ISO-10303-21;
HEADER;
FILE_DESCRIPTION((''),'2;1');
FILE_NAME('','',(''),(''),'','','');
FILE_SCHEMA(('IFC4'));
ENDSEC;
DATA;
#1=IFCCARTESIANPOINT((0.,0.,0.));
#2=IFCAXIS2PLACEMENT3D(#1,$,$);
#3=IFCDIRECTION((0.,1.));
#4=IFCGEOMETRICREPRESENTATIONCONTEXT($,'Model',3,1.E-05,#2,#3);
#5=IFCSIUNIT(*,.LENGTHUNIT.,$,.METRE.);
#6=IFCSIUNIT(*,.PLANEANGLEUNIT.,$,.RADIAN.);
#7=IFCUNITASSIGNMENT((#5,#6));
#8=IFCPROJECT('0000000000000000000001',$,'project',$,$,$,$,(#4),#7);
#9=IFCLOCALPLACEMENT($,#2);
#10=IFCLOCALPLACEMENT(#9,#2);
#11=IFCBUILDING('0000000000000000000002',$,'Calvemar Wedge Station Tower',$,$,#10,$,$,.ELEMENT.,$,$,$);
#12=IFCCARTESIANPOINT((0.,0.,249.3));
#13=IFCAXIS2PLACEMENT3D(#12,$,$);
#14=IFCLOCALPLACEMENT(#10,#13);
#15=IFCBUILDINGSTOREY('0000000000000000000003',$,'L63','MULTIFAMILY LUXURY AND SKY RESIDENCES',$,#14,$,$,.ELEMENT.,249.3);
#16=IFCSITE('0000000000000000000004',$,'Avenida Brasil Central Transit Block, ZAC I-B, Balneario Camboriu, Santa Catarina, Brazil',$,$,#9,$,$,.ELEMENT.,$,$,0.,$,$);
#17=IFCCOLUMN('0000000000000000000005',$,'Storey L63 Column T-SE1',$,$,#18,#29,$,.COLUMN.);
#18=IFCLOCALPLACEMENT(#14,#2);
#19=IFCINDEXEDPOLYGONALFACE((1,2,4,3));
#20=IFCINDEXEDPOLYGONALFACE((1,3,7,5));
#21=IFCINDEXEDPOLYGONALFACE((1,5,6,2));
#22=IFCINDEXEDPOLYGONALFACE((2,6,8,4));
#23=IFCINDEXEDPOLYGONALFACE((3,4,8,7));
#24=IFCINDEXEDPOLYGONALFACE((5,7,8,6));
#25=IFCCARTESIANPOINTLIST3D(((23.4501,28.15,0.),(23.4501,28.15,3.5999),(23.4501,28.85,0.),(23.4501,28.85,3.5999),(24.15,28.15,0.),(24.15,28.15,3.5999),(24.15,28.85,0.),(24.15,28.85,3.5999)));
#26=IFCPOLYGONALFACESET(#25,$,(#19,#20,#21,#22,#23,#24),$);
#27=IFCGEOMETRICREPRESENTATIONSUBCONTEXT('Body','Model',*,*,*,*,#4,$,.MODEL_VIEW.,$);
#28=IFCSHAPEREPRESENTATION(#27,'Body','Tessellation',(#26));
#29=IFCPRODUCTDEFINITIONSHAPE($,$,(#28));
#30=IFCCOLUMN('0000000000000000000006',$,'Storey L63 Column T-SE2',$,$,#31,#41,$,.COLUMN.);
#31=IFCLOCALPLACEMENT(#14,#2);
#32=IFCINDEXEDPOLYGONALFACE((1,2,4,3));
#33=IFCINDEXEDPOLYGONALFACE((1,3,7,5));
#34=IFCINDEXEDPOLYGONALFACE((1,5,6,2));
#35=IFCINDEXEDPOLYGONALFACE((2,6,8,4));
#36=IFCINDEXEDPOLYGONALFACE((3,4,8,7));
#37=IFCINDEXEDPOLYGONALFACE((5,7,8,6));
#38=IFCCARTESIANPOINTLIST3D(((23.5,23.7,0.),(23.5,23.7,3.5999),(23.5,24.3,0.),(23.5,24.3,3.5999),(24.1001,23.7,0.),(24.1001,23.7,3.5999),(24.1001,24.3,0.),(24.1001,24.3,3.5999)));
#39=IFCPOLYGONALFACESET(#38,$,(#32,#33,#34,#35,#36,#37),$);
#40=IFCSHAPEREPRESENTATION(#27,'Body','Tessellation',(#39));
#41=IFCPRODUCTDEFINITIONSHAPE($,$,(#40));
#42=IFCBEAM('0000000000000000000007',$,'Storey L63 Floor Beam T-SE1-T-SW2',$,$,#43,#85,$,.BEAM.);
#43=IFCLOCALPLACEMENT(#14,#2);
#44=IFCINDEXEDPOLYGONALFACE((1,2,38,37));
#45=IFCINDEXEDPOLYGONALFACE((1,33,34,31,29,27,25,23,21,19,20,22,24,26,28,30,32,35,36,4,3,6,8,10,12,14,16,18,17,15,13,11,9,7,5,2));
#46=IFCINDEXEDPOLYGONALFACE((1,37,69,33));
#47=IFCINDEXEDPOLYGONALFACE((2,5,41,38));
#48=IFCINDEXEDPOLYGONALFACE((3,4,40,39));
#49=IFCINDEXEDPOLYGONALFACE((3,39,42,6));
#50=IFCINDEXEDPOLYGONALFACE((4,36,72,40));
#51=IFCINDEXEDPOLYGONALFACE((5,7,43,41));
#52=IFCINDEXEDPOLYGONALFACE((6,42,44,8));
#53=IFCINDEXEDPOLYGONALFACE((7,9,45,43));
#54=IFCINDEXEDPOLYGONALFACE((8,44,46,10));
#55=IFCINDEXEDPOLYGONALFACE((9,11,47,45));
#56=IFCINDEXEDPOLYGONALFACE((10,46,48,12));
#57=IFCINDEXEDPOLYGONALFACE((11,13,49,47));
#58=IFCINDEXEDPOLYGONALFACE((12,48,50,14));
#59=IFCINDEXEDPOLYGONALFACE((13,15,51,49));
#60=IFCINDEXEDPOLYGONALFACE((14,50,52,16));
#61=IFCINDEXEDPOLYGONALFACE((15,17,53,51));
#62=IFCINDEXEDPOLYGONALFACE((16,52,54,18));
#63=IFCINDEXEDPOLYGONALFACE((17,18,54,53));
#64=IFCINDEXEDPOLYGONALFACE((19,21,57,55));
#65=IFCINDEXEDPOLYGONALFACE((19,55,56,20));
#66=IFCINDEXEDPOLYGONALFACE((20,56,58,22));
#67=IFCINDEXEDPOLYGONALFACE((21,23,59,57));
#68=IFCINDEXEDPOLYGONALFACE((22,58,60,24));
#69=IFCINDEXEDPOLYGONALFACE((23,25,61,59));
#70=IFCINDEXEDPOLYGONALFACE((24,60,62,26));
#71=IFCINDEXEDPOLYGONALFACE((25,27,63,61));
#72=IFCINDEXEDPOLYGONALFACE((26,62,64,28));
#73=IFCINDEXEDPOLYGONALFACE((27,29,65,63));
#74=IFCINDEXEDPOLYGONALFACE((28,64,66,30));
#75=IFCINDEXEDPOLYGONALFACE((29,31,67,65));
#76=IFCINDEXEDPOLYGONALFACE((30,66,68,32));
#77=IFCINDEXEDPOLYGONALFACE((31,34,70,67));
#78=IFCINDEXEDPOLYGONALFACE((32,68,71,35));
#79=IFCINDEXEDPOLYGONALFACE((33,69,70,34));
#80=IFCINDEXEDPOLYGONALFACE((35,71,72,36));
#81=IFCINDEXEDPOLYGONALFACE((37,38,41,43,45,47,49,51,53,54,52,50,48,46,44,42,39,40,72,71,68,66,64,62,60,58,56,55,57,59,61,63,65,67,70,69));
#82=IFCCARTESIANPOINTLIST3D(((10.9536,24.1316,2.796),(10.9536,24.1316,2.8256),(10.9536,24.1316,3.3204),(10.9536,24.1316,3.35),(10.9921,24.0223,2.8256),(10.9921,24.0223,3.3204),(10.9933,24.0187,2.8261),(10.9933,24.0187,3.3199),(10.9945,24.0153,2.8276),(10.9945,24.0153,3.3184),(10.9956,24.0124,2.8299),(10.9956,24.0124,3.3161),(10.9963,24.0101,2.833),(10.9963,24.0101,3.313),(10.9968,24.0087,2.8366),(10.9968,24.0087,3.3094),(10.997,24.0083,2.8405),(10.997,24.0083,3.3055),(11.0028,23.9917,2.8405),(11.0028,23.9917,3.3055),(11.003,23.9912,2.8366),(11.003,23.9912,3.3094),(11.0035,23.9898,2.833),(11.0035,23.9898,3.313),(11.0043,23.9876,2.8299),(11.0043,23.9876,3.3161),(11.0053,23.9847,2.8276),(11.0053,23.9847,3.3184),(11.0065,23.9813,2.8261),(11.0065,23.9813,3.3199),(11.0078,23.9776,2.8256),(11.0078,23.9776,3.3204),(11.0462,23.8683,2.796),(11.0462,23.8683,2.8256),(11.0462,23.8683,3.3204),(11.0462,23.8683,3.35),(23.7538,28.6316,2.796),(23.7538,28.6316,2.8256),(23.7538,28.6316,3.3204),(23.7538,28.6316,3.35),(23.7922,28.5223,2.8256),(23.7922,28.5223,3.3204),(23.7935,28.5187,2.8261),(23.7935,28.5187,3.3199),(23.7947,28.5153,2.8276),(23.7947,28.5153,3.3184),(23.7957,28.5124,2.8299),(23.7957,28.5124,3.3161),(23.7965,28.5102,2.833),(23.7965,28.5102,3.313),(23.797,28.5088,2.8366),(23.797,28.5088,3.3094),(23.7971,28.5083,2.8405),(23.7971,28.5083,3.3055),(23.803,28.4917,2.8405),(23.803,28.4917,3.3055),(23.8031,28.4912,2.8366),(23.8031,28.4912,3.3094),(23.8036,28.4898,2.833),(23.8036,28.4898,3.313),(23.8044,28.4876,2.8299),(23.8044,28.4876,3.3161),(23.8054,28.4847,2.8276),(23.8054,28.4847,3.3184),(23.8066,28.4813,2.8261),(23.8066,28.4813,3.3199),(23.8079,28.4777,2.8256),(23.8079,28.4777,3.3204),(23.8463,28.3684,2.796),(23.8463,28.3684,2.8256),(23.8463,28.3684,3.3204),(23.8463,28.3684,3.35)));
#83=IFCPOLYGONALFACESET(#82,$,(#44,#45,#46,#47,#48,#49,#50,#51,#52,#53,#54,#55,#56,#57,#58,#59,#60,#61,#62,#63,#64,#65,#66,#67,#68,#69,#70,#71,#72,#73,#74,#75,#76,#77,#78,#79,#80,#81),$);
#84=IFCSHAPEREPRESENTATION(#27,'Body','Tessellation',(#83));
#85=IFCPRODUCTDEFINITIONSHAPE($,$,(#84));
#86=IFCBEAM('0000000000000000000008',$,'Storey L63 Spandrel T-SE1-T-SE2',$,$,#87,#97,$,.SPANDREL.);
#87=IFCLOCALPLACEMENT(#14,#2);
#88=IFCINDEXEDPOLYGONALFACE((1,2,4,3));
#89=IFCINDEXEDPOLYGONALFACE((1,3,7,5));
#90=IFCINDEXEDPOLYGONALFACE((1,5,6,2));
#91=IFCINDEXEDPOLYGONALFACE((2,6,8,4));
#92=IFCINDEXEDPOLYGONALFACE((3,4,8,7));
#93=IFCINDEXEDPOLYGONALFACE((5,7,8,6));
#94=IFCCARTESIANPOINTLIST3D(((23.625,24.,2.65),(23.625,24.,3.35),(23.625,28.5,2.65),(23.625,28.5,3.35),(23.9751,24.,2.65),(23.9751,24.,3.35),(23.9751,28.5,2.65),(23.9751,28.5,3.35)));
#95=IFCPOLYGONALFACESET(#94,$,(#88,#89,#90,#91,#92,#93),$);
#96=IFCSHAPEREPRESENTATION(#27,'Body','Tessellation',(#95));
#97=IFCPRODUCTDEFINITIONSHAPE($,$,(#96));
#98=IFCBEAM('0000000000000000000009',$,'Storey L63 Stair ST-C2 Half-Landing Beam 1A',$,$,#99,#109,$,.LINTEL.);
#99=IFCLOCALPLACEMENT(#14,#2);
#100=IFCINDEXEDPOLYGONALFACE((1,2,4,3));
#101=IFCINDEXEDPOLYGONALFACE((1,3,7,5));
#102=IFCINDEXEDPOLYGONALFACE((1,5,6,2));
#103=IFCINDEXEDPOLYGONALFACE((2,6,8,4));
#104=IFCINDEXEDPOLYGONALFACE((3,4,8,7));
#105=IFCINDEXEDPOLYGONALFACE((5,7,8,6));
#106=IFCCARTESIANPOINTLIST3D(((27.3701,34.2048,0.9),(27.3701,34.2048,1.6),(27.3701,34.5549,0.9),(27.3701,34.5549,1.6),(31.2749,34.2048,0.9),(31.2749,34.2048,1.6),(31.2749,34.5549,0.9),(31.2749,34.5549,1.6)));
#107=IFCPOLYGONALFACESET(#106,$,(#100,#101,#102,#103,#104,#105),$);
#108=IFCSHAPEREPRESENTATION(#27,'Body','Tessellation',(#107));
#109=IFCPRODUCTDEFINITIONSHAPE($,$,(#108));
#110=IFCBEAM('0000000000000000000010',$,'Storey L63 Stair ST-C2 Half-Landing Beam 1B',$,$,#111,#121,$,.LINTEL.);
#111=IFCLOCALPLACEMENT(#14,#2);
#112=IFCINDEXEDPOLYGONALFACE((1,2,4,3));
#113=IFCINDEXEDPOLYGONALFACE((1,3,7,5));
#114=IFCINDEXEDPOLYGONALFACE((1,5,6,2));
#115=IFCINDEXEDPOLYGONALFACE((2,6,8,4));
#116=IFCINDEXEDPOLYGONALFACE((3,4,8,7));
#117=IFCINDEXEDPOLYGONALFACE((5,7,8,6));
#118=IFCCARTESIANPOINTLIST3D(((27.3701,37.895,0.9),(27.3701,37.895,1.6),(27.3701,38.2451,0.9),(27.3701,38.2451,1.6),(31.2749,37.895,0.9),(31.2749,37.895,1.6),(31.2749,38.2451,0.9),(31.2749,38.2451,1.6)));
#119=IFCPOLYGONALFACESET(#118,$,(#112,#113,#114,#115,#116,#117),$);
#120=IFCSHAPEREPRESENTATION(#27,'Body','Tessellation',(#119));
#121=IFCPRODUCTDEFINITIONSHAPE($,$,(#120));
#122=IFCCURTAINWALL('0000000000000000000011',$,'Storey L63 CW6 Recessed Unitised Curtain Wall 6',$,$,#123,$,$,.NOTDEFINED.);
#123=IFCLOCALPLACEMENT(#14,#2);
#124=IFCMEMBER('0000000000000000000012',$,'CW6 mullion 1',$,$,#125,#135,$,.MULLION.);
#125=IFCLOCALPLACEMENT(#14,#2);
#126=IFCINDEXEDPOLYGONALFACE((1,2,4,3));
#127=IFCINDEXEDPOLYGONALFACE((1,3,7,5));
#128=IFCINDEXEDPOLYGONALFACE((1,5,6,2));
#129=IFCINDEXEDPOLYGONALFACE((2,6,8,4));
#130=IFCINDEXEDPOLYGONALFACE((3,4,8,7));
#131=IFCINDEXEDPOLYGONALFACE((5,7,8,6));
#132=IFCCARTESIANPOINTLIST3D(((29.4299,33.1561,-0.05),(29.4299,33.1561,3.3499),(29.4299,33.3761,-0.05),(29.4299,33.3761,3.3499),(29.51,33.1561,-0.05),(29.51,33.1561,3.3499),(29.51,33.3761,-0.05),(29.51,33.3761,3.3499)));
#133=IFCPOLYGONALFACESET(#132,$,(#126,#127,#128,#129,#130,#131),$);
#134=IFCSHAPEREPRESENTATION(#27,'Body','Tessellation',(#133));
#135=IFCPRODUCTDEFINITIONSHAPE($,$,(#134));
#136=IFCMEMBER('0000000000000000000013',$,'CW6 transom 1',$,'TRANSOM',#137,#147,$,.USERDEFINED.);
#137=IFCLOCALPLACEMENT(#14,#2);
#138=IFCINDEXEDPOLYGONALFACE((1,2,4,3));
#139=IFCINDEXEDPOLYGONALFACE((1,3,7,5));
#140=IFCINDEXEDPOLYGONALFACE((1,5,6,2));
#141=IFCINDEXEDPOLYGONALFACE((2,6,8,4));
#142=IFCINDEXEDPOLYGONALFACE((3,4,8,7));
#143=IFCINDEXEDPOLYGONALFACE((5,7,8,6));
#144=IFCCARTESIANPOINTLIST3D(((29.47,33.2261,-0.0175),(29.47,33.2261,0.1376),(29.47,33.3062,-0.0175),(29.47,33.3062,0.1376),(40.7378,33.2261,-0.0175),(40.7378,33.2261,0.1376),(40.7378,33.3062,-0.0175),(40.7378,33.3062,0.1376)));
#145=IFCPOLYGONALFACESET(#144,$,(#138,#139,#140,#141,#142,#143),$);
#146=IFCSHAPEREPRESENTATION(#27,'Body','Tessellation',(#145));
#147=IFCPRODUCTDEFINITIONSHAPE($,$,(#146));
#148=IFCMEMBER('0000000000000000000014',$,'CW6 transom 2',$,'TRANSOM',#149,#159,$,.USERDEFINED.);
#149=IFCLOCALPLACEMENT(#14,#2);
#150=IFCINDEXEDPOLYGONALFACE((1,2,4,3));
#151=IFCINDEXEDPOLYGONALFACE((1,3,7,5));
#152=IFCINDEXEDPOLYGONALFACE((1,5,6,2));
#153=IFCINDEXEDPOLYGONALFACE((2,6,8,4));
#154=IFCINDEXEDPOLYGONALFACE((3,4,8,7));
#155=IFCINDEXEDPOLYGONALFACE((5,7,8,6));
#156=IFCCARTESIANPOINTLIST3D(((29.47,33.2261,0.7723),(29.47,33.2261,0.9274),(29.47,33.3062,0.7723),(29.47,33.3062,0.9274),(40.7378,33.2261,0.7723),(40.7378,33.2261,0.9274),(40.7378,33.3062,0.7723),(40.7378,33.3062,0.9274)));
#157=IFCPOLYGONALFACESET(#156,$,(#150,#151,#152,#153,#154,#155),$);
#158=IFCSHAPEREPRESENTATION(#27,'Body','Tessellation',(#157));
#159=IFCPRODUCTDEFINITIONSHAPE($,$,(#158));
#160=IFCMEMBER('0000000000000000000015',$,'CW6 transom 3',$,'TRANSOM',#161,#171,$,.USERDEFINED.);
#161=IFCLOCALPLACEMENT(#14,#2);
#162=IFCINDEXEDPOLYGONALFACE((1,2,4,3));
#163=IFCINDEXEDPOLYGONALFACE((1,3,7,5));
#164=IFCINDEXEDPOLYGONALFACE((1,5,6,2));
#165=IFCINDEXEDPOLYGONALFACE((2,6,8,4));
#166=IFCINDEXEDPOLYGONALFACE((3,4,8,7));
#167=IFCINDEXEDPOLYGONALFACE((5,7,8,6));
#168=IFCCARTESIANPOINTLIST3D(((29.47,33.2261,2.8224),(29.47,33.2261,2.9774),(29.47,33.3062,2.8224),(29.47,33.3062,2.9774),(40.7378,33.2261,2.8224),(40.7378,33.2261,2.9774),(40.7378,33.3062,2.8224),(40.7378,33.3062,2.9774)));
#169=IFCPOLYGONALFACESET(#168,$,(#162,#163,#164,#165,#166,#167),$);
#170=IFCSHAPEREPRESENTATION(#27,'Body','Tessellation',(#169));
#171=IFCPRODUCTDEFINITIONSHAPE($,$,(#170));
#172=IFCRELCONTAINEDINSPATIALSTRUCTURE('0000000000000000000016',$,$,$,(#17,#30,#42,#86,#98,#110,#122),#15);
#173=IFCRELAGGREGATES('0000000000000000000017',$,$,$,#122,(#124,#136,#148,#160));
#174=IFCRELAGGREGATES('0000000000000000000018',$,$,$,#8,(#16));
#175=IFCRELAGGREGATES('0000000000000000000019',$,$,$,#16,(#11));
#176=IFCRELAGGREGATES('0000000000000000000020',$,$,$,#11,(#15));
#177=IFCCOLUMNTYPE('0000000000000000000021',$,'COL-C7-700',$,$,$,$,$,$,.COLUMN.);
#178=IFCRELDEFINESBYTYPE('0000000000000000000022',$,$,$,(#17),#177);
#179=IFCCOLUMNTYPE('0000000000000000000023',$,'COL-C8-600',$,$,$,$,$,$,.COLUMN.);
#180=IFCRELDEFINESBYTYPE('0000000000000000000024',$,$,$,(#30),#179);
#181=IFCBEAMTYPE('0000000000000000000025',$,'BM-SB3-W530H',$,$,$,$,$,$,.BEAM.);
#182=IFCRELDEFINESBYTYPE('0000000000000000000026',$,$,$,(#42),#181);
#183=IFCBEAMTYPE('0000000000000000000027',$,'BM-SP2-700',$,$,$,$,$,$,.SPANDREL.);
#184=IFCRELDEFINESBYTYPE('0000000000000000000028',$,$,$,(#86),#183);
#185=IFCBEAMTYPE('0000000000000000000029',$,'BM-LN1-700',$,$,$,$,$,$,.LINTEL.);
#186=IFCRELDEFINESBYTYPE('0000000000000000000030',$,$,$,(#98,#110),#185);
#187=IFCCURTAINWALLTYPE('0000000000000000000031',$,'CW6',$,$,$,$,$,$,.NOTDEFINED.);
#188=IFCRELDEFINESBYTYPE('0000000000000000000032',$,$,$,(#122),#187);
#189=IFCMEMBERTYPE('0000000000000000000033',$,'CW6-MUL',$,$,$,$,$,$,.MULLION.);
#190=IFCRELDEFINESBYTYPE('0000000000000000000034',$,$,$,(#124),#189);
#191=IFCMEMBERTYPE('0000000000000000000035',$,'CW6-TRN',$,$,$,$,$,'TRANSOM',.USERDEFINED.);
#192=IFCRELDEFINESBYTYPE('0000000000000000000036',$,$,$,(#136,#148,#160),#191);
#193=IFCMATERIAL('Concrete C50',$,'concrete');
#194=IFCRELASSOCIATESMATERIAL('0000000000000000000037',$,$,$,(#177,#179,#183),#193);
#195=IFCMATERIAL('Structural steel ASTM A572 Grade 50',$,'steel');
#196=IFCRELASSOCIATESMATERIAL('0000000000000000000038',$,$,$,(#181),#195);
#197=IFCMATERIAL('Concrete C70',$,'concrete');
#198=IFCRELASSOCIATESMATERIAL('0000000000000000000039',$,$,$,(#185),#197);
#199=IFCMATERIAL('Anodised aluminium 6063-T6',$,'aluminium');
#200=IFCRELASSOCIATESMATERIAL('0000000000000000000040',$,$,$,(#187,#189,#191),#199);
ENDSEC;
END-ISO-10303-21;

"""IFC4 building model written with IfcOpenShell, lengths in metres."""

from ifc_helpers import new_model, si_unit, direction, frame, origin, origin_2d, place, context, subcontext, project, spatial, rectangle, i_section, extrude, source, transform, mapped, material, material_profile, profile_set, type_object, element, aggregate, save


model = new_model("IFC4")

# Units and contexts
model_context = context("Model", 3, precision=1e-05, world=origin(), true_north=direction((0.0, 1.0)))
body_context = subcontext(model_context, "Body", "Model", "MODEL_VIEW")
ifc_project = project(units=[si_unit("LENGTHUNIT", "METRE"), si_unit("PLANEANGLEUNIT", "RADIAN")], contexts=[model_context])

# Site, building, storey
site_placement = place(None, origin())
site = spatial("IfcSite", under=ifc_project, at=site_placement, Name="Avenida Brasil Central Transit Block, ZAC I-B, Balneario Camboriu, Santa Catarina, Brazil", CompositionType="ELEMENT", RefElevation=0.0)
building_placement = place(site_placement, origin())
building = spatial("IfcBuilding", under=site, at=building_placement, Name="Calvemar Wedge Station Tower", CompositionType="ELEMENT")
storey_placement = place(building_placement, frame((0.0, 0.0, 249.3)))
storey = spatial("IfcBuildingStorey", under=building, at=storey_placement, Name="L63", Description="MULTIFAMILY LUXURY AND SKY RESIDENCES", CompositionType="ELEMENT", Elevation=249.3)

# Columns
ifc_material_1 = material(Name="Concrete C50", Category="concrete")
ifc_material_profile_1 = material_profile(ifc_material_1, rectangle(XDim=0.7, YDim=0.7, at=origin_2d()), Name="RC700x700")
ifc_profile_set_1 = profile_set([ifc_material_profile_1], Name="Concrete C50")
column_type_1 = type_object("IfcColumnType", Name="COL-C7-700", PredefinedType="COLUMN", material=ifc_profile_set_1)
shared_shape_1 = source(origin(), body_context, "Body", "SweptSolid", [
    extrude(rectangle(XDim=0.7, YDim=0.7, at=origin_2d()), origin(), (0.0, 0.0, 1.0), 3.5999),
])
column_1_placement = place(storey_placement, frame((23.8, 28.5, 0.0), z_axis=(0.0, 0.0, 1.0), x_axis=(1.0, 0.0, 0.0)))
element("IfcColumn", 1, at=column_1_placement, inside=storey, type_object=column_type_1, Name="Storey L63 Column T-SE1", PredefinedType="COLUMN", context=body_context, shape_type="MappedRepresentation", body=[
    mapped(shared_shape_1, transform((0.0, 0.0, 0.0), scale=1.0)),
])
ifc_material_profile_2 = material_profile(ifc_material_1, rectangle(XDim=0.6001, YDim=0.6001, at=origin_2d()), Name="RC600x600")
ifc_profile_set_2 = profile_set([ifc_material_profile_2], Name="Concrete C50")
column_type_2 = type_object("IfcColumnType", Name="COL-C8-600", PredefinedType="COLUMN", material=ifc_profile_set_2)
shared_shape_2 = source(origin(), body_context, "Body", "SweptSolid", [
    extrude(rectangle(XDim=0.6001, YDim=0.6001, at=origin_2d()), origin(), (0.0, 0.0, 1.0), 3.5999),
])
column_2_placement = place(storey_placement, frame((23.8, 24.0, 0.0), z_axis=(0.0, 0.0, 1.0), x_axis=(1.0, 0.0, 0.0)))
element("IfcColumn", 2, at=column_2_placement, inside=storey, type_object=column_type_2, Name="Storey L63 Column T-SE2", PredefinedType="COLUMN", context=body_context, shape_type="MappedRepresentation", body=[
    mapped(shared_shape_2, transform((0.0, 0.0, 0.0), scale=1.0)),
])

# Beams
ifc_material_2 = material(Name="Structural steel ASTM A572 Grade 50", Category="steel")
ifc_material_profile_3 = material_profile(ifc_material_2, i_section(OverallWidth=0.2791, OverallDepth=0.554, WebThickness=0.0176, FlangeThickness=0.0295, FilletRadius=0.0149, at=origin_2d()), Name="W530x196")
ifc_profile_set_3 = profile_set([ifc_material_profile_3], Name="Structural steel ASTM A572 Grade 50")
beam_type_1 = type_object("IfcBeamType", Name="BM-SB3-W530H", PredefinedType="BEAM", material=ifc_profile_set_3)
shared_shape_3 = source(origin(), body_context, "Body", "SweptSolid", [
    extrude(i_section(OverallWidth=0.2791, OverallDepth=0.554, WebThickness=0.0176, FlangeThickness=0.0295, FilletRadius=0.0149, at=origin_2d()), origin(), (0.0, 0.0, 1.0), 13.5681),
])
beam_1_placement = place(storey_placement, frame((23.8, 28.5, 3.073), z_axis=(-0.943398, -0.331662, 0.0), x_axis=(0.331662, -0.943398, 0.0)))
element("IfcBeam", 3, at=beam_1_placement, inside=storey, type_object=beam_type_1, Name="Storey L63 Floor Beam T-SE1-T-SW2", PredefinedType="BEAM", context=body_context, shape_type="MappedRepresentation", body=[
    mapped(shared_shape_3, transform((0.0, 0.0, 0.0), scale=1.0)),
])
ifc_material_profile_4 = material_profile(ifc_material_1, rectangle(XDim=0.3501, YDim=0.7, at=origin_2d()), Name="RC350x700")
ifc_profile_set_4 = profile_set([ifc_material_profile_4], Name="Concrete C50")
beam_type_2 = type_object("IfcBeamType", Name="BM-SP2-700", PredefinedType="SPANDREL", material=ifc_profile_set_4)
shared_shape_4 = source(origin(), body_context, "Body", "SweptSolid", [
    extrude(rectangle(XDim=0.3501, YDim=0.7, at=origin_2d()), origin(), (0.0, 0.0, 1.0), 4.5),
])
beam_2_placement = place(storey_placement, frame((23.8, 28.5, 3.0), z_axis=(0.0, -1.0, 0.0), x_axis=(1.0, 0.0, 0.0)))
element("IfcBeam", 4, at=beam_2_placement, inside=storey, type_object=beam_type_2, Name="Storey L63 Spandrel T-SE1-T-SE2", PredefinedType="SPANDREL", context=body_context, shape_type="MappedRepresentation", body=[
    mapped(shared_shape_4, transform((0.0, 0.0, 0.0), scale=1.0)),
])
ifc_material_3 = material(Name="Concrete C70", Category="concrete")
ifc_material_profile_5 = material_profile(ifc_material_3, rectangle(XDim=0.3501, YDim=0.7, at=origin_2d()), Name="RC350x700")
ifc_profile_set_5 = profile_set([ifc_material_profile_5], Name="Concrete C70")
beam_type_3 = type_object("IfcBeamType", Name="BM-LN1-700", PredefinedType="LINTEL", material=ifc_profile_set_5)
shared_shape_5 = source(origin(), body_context, "Body", "SweptSolid", [
    extrude(rectangle(XDim=0.3501, YDim=0.7, at=origin_2d()), origin(), (0.0, 0.0, 1.0), 3.9048),
])
for number, where, z_axis, x_axis, name in (
    (5, (27.3701, 34.3799, 1.25), (1.0, 0.0, 0.0), (0.0, 1.0, 0.0), "Storey L63 Stair ST-C2 Half-Landing Beam 1A"),
    (6, (27.3701, 38.0701, 1.25), (1.0, 0.0, 0.0), (0.0, 1.0, 0.0), "Storey L63 Stair ST-C2 Half-Landing Beam 1B"),
):
    element("IfcBeam", number, at=place(storey_placement, frame(where, z_axis=z_axis, x_axis=x_axis)), inside=storey, type_object=beam_type_3, Name=name, PredefinedType="LINTEL", context=body_context, shape_type="MappedRepresentation", body=[
        mapped(shared_shape_5, transform((0.0, 0.0, 0.0), scale=1.0)),
    ])

# Curtain wall, members
ifc_material_4 = material(Name="Anodised aluminium 6063-T6", Category="aluminium")
curtain_wall_type = type_object("IfcCurtainWallType", Name="CW6", PredefinedType="NOTDEFINED", material=ifc_material_4)
curtain_wall_placement = place(storey_placement, origin())
curtain_wall = element("IfcCurtainWall", 7, at=curtain_wall_placement, inside=storey, type_object=curtain_wall_type, Name="Storey L63 CW6 Recessed Unitised Curtain Wall 6", PredefinedType="NOTDEFINED")
ifc_material_profile_6 = material_profile(ifc_material_4, rectangle(XDim=0.0801, YDim=0.22, at=origin_2d()), Name="AL-MUL-80x220")
ifc_profile_set_6 = profile_set([ifc_material_profile_6], Name="Anodised aluminium 6063-T6")
member_type_1 = type_object("IfcMemberType", Name="CW6-MUL", PredefinedType="MULLION", material=ifc_profile_set_6)
shared_shape_6 = source(origin(), body_context, "Body", "SweptSolid", [
    extrude(rectangle(XDim=0.0801, YDim=0.22, at=origin_2d()), origin(), (0.0, 0.0, 1.0), 3.3999),
])
member_1_placement = place(storey_placement, frame((29.47, 33.2661, -0.05), z_axis=(0.0, 0.0, 1.0), x_axis=(1.0, 0.0, 0.0)))
member_1 = element("IfcMember", 8, at=member_1_placement, type_object=member_type_1, Name="CW6 mullion 1", PredefinedType="MULLION", context=body_context, shape_type="MappedRepresentation", body=[
    mapped(shared_shape_6, transform((0.0, 0.0, 0.0), scale=1.0)),
])
ifc_material_profile_7 = material_profile(ifc_material_4, rectangle(XDim=0.0801, YDim=0.155, at=origin_2d()), Name="AL-TRN-80x155")
ifc_profile_set_7 = profile_set([ifc_material_profile_7], Name="Anodised aluminium 6063-T6")
member_type_2 = type_object("IfcMemberType", Name="CW6-TRN", ElementType="TRANSOM", PredefinedType="USERDEFINED", material=ifc_profile_set_7)
shared_shape_7 = source(origin(), body_context, "Body", "SweptSolid", [
    extrude(rectangle(XDim=0.0801, YDim=0.155, at=origin_2d()), origin(), (0.0, 0.0, 1.0), 11.2678),
])
member_2_placement = place(storey_placement, frame((29.47, 33.2661, 0.0601), z_axis=(1.0, 0.0, 0.0), x_axis=(0.0, 1.0, 0.0)))
member_2 = element("IfcMember", 9, at=member_2_placement, type_object=member_type_2, Name="CW6 transom 1", ObjectType="TRANSOM", PredefinedType="USERDEFINED", context=body_context, shape_type="MappedRepresentation", body=[
    mapped(shared_shape_7, transform((0.0, 0.0, 0.0), scale=1.0)),
])
member_3_placement = place(storey_placement, frame((29.47, 33.2661, 0.8499), z_axis=(1.0, 0.0, 0.0), x_axis=(0.0, 1.0, 0.0)))
member_3 = element("IfcMember", 10, at=member_3_placement, type_object=member_type_2, Name="CW6 transom 2", ObjectType="TRANSOM", PredefinedType="USERDEFINED", context=body_context, shape_type="MappedRepresentation", body=[
    mapped(shared_shape_7, transform((0.0, 0.0, 0.0), scale=1.0)),
])
member_4_placement = place(storey_placement, frame((29.47, 33.2661, 2.8999), z_axis=(1.0, 0.0, 0.0), x_axis=(0.0, 1.0, 0.0)))
member_4 = element("IfcMember", 11, at=member_4_placement, type_object=member_type_2, Name="CW6 transom 3", ObjectType="TRANSOM", PredefinedType="USERDEFINED", context=body_context, shape_type="MappedRepresentation", body=[
    mapped(shared_shape_7, transform((0.0, 0.0, 0.0), scale=1.0)),
])
aggregate(curtain_wall, [member_1, member_2, member_3, member_4])

save(model, "model.ifc")
